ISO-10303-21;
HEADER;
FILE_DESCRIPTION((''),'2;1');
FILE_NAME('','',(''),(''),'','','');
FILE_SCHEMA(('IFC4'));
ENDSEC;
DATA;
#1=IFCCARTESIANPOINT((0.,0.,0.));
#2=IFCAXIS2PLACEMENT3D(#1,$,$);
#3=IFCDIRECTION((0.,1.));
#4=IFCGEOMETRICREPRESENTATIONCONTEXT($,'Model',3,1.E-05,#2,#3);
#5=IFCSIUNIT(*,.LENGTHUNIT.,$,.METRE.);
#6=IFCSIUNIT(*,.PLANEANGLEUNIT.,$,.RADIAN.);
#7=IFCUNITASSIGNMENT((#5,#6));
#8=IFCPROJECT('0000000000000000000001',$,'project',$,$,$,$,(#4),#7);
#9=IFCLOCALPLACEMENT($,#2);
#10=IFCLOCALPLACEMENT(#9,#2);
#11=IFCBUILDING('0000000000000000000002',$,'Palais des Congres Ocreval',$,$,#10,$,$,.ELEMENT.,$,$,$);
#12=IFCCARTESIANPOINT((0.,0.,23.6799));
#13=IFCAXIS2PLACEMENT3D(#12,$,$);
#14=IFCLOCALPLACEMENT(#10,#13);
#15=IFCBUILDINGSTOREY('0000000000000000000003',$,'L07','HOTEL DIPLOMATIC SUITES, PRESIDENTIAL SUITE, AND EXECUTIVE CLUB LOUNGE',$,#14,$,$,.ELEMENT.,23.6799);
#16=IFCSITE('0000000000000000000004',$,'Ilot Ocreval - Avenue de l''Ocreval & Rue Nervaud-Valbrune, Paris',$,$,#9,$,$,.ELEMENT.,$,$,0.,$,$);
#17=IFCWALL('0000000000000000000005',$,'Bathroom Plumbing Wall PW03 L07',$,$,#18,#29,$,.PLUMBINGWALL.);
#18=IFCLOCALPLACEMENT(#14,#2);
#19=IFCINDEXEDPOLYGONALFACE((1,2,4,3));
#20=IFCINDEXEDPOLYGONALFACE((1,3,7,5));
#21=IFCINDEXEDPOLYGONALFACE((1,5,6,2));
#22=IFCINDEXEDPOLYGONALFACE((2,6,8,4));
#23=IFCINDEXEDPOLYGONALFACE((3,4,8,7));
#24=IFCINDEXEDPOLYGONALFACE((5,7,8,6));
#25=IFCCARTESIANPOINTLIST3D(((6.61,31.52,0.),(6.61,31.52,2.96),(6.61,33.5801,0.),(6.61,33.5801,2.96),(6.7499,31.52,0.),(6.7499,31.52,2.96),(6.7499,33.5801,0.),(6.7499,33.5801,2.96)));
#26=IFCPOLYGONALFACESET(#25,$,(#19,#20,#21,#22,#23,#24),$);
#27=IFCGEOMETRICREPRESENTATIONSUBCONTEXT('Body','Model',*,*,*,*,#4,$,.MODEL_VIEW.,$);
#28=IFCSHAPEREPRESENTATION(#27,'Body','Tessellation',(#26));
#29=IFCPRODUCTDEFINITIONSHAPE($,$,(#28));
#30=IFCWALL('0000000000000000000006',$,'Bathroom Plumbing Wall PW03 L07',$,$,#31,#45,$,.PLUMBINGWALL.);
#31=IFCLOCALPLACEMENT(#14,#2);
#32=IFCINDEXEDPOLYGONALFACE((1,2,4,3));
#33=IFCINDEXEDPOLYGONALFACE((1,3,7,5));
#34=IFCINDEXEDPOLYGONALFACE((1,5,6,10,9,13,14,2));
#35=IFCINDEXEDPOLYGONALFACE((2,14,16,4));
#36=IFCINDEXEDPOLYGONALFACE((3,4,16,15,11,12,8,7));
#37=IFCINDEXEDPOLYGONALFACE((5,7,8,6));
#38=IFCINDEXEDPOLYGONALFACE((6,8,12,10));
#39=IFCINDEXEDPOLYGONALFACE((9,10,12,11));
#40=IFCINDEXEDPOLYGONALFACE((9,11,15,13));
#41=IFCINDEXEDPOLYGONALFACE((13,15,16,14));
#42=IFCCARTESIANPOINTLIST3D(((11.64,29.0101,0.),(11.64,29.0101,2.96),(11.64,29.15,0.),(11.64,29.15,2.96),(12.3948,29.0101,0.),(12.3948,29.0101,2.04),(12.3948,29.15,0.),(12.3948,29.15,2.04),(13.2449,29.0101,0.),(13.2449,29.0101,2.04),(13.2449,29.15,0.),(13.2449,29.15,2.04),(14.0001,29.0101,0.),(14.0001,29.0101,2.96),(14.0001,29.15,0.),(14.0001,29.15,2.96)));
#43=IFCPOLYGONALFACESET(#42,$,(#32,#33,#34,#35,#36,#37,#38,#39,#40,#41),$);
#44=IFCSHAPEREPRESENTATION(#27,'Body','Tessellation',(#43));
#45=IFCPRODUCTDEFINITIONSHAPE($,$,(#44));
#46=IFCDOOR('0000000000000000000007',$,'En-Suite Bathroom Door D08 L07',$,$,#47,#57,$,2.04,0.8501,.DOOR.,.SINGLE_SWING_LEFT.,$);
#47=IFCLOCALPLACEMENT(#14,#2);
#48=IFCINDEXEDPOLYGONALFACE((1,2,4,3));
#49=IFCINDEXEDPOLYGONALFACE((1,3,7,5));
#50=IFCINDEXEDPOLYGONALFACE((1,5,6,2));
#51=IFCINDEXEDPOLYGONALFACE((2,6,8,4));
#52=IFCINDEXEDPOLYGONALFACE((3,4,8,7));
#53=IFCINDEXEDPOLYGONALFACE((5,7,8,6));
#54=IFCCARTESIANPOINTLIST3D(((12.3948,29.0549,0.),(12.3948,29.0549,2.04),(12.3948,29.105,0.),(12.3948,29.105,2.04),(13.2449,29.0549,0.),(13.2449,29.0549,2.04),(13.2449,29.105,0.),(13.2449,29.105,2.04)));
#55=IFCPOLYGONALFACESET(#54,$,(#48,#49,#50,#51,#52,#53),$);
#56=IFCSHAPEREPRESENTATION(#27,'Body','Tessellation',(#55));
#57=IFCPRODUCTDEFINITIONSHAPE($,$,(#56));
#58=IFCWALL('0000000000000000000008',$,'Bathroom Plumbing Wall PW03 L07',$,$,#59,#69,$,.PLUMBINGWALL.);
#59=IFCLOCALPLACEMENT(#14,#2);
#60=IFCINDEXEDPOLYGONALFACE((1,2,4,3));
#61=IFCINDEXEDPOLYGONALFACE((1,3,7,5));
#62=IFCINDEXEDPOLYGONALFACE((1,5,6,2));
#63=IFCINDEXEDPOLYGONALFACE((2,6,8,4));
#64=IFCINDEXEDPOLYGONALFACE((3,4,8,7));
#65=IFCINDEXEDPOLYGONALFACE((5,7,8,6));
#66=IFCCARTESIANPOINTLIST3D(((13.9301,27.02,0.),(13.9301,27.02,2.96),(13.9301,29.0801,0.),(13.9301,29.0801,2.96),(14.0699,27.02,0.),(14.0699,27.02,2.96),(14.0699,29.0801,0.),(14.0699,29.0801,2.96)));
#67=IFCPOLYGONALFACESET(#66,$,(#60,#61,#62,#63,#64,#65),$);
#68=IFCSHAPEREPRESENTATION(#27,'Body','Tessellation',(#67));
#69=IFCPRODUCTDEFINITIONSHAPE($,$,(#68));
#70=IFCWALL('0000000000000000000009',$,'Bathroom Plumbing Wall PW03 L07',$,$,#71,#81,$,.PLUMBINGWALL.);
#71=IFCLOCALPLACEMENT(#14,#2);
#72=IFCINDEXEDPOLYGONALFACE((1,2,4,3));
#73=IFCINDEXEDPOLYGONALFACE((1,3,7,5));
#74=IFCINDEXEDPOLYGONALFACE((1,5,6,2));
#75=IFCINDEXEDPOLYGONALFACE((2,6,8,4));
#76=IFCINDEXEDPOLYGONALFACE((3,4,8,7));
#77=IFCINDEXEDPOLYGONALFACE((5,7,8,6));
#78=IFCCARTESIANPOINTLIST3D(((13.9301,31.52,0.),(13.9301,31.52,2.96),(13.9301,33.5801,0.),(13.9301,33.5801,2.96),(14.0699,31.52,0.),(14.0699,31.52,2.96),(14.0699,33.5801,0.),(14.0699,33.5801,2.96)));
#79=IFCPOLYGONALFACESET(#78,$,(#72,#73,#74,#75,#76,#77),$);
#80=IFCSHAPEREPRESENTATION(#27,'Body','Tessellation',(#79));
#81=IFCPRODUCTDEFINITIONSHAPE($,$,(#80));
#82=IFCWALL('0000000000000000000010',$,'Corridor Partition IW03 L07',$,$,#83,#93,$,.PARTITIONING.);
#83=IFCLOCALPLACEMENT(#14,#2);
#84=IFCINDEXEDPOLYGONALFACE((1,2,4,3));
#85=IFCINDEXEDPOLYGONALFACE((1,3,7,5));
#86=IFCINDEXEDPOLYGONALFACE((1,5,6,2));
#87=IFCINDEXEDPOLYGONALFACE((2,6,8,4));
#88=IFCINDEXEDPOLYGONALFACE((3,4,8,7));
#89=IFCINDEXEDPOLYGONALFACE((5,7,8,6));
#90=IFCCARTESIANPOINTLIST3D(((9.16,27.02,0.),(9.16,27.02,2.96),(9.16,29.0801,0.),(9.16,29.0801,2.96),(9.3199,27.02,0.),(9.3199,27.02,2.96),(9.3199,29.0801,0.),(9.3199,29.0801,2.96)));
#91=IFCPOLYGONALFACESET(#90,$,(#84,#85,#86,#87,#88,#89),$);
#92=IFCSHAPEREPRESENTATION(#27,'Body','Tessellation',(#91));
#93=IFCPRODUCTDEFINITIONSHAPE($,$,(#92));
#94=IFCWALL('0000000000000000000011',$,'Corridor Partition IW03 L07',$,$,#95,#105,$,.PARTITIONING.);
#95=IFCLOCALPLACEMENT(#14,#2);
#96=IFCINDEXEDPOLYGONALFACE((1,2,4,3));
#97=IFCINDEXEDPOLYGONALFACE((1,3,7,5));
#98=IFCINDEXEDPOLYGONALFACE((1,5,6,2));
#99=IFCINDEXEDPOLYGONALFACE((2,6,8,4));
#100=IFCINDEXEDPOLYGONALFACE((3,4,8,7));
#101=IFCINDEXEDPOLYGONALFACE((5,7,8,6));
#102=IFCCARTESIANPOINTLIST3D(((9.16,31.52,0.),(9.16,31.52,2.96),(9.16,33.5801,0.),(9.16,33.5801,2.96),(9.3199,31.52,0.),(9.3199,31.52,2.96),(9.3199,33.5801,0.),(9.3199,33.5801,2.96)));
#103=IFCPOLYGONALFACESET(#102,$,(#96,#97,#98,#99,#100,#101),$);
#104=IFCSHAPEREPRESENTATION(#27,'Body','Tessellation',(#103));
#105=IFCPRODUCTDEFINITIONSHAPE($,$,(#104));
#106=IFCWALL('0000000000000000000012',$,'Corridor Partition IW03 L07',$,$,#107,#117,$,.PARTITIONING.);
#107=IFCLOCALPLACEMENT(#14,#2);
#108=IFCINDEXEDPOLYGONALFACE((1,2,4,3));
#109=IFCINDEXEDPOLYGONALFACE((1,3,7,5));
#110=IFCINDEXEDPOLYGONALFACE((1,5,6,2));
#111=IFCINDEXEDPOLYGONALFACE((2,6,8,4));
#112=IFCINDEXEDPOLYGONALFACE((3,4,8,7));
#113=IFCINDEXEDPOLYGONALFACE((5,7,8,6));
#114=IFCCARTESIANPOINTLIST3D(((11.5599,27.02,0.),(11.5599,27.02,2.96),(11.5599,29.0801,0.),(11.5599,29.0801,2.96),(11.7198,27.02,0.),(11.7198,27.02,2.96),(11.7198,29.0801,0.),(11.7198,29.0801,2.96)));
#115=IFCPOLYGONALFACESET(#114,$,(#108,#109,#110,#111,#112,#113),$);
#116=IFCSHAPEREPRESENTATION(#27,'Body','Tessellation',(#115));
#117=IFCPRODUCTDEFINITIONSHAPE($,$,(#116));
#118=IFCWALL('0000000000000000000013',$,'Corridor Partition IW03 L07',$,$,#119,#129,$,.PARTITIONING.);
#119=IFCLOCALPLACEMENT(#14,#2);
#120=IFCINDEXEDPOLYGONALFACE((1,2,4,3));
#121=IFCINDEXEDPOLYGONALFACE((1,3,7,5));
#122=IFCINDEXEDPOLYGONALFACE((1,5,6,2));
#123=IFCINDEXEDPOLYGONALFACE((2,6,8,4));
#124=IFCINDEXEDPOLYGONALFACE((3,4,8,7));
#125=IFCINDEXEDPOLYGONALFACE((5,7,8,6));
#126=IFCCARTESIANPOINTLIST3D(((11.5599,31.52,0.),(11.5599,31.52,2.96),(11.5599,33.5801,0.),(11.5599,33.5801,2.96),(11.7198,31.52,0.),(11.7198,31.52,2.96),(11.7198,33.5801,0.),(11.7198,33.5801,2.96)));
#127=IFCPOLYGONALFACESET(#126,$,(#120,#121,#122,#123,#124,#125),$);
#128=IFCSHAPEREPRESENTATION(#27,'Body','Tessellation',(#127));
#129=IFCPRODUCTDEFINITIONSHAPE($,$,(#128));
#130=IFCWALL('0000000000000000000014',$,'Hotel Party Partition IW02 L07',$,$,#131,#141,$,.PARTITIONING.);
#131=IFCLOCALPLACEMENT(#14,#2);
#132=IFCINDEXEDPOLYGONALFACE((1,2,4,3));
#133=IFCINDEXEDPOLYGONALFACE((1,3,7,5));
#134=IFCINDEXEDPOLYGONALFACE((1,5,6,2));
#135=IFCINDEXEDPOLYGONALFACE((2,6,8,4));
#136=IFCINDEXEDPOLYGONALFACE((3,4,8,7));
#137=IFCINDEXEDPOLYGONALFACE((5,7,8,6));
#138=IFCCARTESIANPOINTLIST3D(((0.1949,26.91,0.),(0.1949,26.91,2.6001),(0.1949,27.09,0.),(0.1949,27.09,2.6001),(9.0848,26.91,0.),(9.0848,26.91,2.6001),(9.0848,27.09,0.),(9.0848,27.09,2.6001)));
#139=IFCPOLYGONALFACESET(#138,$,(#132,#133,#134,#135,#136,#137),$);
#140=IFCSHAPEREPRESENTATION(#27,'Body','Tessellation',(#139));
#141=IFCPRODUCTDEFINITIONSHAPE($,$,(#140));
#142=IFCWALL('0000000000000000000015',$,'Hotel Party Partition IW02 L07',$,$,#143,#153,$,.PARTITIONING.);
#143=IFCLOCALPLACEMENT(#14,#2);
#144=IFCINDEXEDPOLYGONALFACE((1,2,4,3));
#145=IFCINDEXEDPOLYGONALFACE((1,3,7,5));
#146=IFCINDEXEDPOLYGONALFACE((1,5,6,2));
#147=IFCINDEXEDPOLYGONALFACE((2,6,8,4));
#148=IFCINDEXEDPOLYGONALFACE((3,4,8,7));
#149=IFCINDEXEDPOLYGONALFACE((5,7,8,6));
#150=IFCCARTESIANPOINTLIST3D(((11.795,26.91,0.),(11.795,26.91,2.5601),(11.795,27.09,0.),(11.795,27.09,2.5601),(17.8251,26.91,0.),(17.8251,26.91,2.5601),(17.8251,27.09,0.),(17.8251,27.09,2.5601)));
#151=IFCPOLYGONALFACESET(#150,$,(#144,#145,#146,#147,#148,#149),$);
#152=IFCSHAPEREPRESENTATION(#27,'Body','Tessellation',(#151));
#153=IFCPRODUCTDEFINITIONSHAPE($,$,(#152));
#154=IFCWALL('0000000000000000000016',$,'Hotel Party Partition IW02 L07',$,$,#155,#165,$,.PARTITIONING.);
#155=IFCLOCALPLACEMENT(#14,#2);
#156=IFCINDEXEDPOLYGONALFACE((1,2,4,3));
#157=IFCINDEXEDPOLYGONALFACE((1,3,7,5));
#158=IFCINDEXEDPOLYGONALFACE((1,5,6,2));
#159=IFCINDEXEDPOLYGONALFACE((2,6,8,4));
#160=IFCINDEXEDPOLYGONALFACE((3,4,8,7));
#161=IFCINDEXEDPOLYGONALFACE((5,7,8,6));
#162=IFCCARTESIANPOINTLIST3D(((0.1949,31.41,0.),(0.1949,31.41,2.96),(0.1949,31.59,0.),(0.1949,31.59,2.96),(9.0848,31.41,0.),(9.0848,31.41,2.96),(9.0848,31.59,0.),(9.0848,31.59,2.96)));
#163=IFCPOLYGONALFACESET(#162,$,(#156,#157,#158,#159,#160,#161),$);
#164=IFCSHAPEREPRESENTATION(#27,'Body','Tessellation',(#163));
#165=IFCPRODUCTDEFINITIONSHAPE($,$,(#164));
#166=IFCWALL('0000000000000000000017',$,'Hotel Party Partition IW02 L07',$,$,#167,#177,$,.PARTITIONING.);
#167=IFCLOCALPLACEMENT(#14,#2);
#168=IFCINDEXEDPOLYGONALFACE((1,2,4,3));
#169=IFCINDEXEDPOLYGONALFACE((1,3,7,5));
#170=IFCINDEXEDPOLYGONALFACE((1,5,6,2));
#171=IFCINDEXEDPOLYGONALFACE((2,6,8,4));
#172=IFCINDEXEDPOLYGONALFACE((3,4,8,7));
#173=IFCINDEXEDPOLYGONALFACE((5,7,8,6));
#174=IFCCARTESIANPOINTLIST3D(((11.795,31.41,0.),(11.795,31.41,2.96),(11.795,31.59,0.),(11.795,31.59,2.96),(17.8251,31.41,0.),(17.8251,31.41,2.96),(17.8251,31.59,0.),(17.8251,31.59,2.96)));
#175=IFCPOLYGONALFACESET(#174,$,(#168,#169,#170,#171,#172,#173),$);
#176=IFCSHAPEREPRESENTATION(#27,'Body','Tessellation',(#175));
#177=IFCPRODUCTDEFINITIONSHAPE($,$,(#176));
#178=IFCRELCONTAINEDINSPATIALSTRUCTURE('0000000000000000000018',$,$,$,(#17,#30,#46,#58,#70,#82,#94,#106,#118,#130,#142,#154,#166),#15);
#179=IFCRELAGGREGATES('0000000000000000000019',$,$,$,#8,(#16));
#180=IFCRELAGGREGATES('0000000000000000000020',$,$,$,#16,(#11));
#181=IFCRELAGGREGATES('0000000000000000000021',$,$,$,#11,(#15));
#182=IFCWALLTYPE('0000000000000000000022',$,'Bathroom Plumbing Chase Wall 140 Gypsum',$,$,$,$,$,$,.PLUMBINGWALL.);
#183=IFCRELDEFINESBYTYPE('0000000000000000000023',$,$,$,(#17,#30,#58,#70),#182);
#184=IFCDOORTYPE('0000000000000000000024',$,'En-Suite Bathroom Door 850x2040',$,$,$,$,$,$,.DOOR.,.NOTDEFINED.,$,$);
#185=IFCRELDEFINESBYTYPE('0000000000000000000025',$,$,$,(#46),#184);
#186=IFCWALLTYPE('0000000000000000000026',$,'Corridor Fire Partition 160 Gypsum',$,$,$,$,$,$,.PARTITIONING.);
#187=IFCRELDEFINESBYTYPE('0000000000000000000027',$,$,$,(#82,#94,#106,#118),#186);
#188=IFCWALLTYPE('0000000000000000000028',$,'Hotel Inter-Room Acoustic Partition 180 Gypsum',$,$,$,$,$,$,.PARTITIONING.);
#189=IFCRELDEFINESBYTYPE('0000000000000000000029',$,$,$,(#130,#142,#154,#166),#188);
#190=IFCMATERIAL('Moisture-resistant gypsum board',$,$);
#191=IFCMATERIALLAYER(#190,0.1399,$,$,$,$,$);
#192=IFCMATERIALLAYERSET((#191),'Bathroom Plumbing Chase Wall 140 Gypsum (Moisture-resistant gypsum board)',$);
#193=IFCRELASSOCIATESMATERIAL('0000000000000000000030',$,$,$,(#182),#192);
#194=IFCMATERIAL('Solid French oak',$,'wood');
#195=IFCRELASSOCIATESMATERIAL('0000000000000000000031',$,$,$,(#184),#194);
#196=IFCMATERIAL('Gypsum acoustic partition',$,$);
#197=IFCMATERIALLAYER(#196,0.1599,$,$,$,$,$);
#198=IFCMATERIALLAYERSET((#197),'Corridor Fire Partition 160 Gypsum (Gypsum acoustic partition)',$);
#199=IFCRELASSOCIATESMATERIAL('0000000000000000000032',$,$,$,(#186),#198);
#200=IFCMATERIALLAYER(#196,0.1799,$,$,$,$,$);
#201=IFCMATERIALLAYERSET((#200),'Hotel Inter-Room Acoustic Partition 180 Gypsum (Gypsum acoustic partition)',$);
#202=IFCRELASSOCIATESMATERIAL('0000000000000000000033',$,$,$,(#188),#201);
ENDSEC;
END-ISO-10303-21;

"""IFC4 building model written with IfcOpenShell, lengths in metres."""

from ifc_helpers import new_model, si_unit, direction, frame, frame_2d, origin, place, context, subcontext, project, spatial, rectangle, extrude, material, layer, layer_set, type_object, element, fill, save


model = new_model("IFC4")

# Units and contexts
model_context = context("Model", 3, precision=1e-05, world=origin(), true_north=direction((0.0, 1.0)))
body_context = subcontext(model_context, "Body", "Model", "MODEL_VIEW")
ifc_project = project(units=[si_unit("LENGTHUNIT", "METRE"), si_unit("PLANEANGLEUNIT", "RADIAN")], contexts=[model_context])

# Site, building, storey
site_placement = place(None, origin())
site = spatial("IfcSite", under=ifc_project, at=site_placement, Name="Ilot Ocreval - Avenue de l'Ocreval & Rue Nervaud-Valbrune, Paris", CompositionType="ELEMENT", RefElevation=0.0)
building_placement = place(site_placement, origin())
building = spatial("IfcBuilding", under=site, at=building_placement, Name="Palais des Congres Ocreval", CompositionType="ELEMENT")
storey_placement = place(building_placement, frame((0.0, 0.0, 23.6799)))
storey = spatial("IfcBuildingStorey", under=building, at=storey_placement, Name="L07", Description="HOTEL DIPLOMATIC SUITES, PRESIDENTIAL SUITE, AND EXECUTIVE CLUB LOUNGE", CompositionType="ELEMENT", Elevation=23.6799)

# Shared definitions
ifc_material_1 = material(Name="Moisture-resistant gypsum board")
ifc_layer_1 = layer(ifc_material_1, 0.1399)
ifc_layer_set_1 = layer_set([ifc_layer_1], Name="Bathroom Plumbing Chase Wall 140 Gypsum (Moisture-resistant gypsum board)")
wall_type_1 = type_object("IfcWallType", Name="Bathroom Plumbing Chase Wall 140 Gypsum", PredefinedType="PLUMBINGWALL", material=ifc_layer_set_1)
ifc_material_2 = material(Name="Solid French oak", Category="wood")
door_type_1 = type_object("IfcDoorType", Name="En-Suite Bathroom Door 850x2040", OperationType="NOTDEFINED", PredefinedType="DOOR", material=ifc_material_2)

# Wall
for number, where, z_axis, x_axis, name in (
    (1, (6.6799, 31.52, 0.0), (0.0, 0.0, 1.0), (0.0, 1.0, 0.0), "Bathroom Plumbing Wall PW03 L07"),
):
    element("IfcWall", number, at=place(storey_placement, frame(where, z_axis=z_axis, x_axis=x_axis)), inside=storey, type_object=wall_type_1, Name=name, PredefinedType="PLUMBINGWALL", context=body_context, shape_type="SweptSolid", body=[
        extrude(rectangle(XDim=2.0601, YDim=0.1399, at=frame_2d((1.03, 0.0))), origin(), (0.0, 0.0, 1.0), 2.96),
    ])

# Wall, opening, door
wall_1_placement = place(storey_placement, frame((11.6399, 29.0801, 0.0), z_axis=(0.0, 0.0, 1.0), x_axis=(1.0, 0.0, 0.0)))
wall_1 = element("IfcWall", 2, at=wall_1_placement, inside=storey, type_object=wall_type_1, Name="Bathroom Plumbing Wall PW03 L07", PredefinedType="PLUMBINGWALL", context=body_context, shape_type="SweptSolid", body=[
    extrude(rectangle(XDim=2.3601, YDim=0.1399, at=frame_2d((1.1802, 0.0))), origin(), (0.0, 0.0, 1.0), 2.96),
])
opening_1_placement = place(wall_1_placement, frame((0.7549, 0.0, 0.0)))
opening_1 = element("IfcOpeningElement", 3, at=opening_1_placement, cuts=wall_1, PredefinedType="OPENING", context=body_context, shape_type="SweptSolid", body=[
    extrude(rectangle(XDim=0.8501, YDim=2.04, at=frame_2d((0.425, 1.02))), frame((0.0, 0.0798, 0.0), z_axis=(0.0, -1.0, 0.0), x_axis=(1.0, 0.0, 0.0)), (0.0, 0.0, 1.0), 0.1599),
])
door_1_placement = place(opening_1_placement, origin())
door_1 = element("IfcDoor", 4, at=door_1_placement, inside=storey, type_object=door_type_1, Name="En-Suite Bathroom Door D08 L07", OperationType="SINGLE_SWING_LEFT", OverallHeight=2.04, OverallWidth=0.8501, PredefinedType="DOOR", context=body_context, shape_type="SweptSolid", body=[
    extrude(rectangle(XDim=0.8501, YDim=2.04, at=frame_2d((0.425, 1.02))), frame((0.0, 0.0249, 0.0), z_axis=(0.0, -1.0, 0.0), x_axis=(1.0, 0.0, 0.0)), (0.0, 0.0, 1.0), 0.05),
])
fill(opening_1, door_1)

# Walls
for number, where, z_axis, x_axis, name in (
    (5, (14.0, 27.02, 0.0), (0.0, 0.0, 1.0), (0.0, 1.0, 0.0), "Bathroom Plumbing Wall PW03 L07"),
    (6, (14.0, 31.52, 0.0), (0.0, 0.0, 1.0), (0.0, 1.0, 0.0), "Bathroom Plumbing Wall PW03 L07"),
):
    element("IfcWall", number, at=place(storey_placement, frame(where, z_axis=z_axis, x_axis=x_axis)), inside=storey, type_object=wall_type_1, Name=name, PredefinedType="PLUMBINGWALL", context=body_context, shape_type="SweptSolid", body=[
        extrude(rectangle(XDim=2.0601, YDim=0.1399, at=frame_2d((1.03, 0.0))), origin(), (0.0, 0.0, 1.0), 2.96),
    ])
ifc_material_3 = material(Name="Gypsum acoustic partition")
ifc_layer_2 = layer(ifc_material_3, 0.1599)
ifc_layer_set_2 = layer_set([ifc_layer_2], Name="Corridor Fire Partition 160 Gypsum (Gypsum acoustic partition)")
wall_type_2 = type_object("IfcWallType", Name="Corridor Fire Partition 160 Gypsum", PredefinedType="PARTITIONING", material=ifc_layer_set_2)
for number, where, z_axis, x_axis, name in (
    (7, (9.24, 27.02, 0.0), (0.0, 0.0, 1.0), (0.0, 1.0, 0.0), "Corridor Partition IW03 L07"),
    (8, (9.24, 31.52, 0.0), (0.0, 0.0, 1.0), (0.0, 1.0, 0.0), "Corridor Partition IW03 L07"),
    (9, (11.6399, 27.02, 0.0), (0.0, 0.0, 1.0), (0.0, 1.0, 0.0), "Corridor Partition IW03 L07"),
    (10, (11.6399, 31.52, 0.0), (0.0, 0.0, 1.0), (0.0, 1.0, 0.0), "Corridor Partition IW03 L07"),
):
    element("IfcWall", number, at=place(storey_placement, frame(where, z_axis=z_axis, x_axis=x_axis)), inside=storey, type_object=wall_type_2, Name=name, PredefinedType="PARTITIONING", context=body_context, shape_type="SweptSolid", body=[
        extrude(rectangle(XDim=2.0601, YDim=0.1599, at=frame_2d((1.03, 0.0))), origin(), (0.0, 0.0, 1.0), 2.96),
    ])

# Walls
ifc_layer_3 = layer(ifc_material_3, 0.1799)
ifc_layer_set_3 = layer_set([ifc_layer_3], Name="Hotel Inter-Room Acoustic Partition 180 Gypsum (Gypsum acoustic partition)")
wall_type_3 = type_object("IfcWallType", Name="Hotel Inter-Room Acoustic Partition 180 Gypsum", PredefinedType="PARTITIONING", material=ifc_layer_set_3)
wall_2_placement = place(storey_placement, frame((0.1951, 27.0, 0.0), z_axis=(0.0, 0.0, 1.0), x_axis=(1.0, 0.0, 0.0)))
element("IfcWall", 11, at=wall_2_placement, inside=storey, type_object=wall_type_3, Name="Hotel Party Partition IW02 L07", PredefinedType="PARTITIONING", context=body_context, shape_type="SweptSolid", body=[
    extrude(rectangle(XDim=8.8899, YDim=0.1799, at=frame_2d((4.4448, 0.0))), origin(), (0.0, 0.0, 1.0), 2.6001),
])
wall_3_placement = place(storey_placement, frame((11.7949, 27.0, 0.0), z_axis=(0.0, 0.0, 1.0), x_axis=(1.0, 0.0, 0.0)))
element("IfcWall", 12, at=wall_3_placement, inside=storey, type_object=wall_type_3, Name="Hotel Party Partition IW02 L07", PredefinedType="PARTITIONING", context=body_context, shape_type="SweptSolid", body=[
    extrude(rectangle(XDim=6.03, YDim=0.1799, at=frame_2d((3.0151, 0.0))), origin(), (0.0, 0.0, 1.0), 2.5601),
])
wall_4_placement = place(storey_placement, frame((0.1951, 31.5, 0.0), z_axis=(0.0, 0.0, 1.0), x_axis=(1.0, 0.0, 0.0)))
element("IfcWall", 13, at=wall_4_placement, inside=storey, type_object=wall_type_3, Name="Hotel Party Partition IW02 L07", PredefinedType="PARTITIONING", context=body_context, shape_type="SweptSolid", body=[
    extrude(rectangle(XDim=8.8899, YDim=0.1799, at=frame_2d((4.4448, 0.0))), origin(), (0.0, 0.0, 1.0), 2.96),
])
wall_5_placement = place(storey_placement, frame((11.7949, 31.5, 0.0), z_axis=(0.0, 0.0, 1.0), x_axis=(1.0, 0.0, 0.0)))
element("IfcWall", 14, at=wall_5_placement, inside=storey, type_object=wall_type_3, Name="Hotel Party Partition IW02 L07", PredefinedType="PARTITIONING", context=body_context, shape_type="SweptSolid", body=[
    extrude(rectangle(XDim=6.03, YDim=0.1799, at=frame_2d((3.0151, 0.0))), origin(), (0.0, 0.0, 1.0), 2.96),
])

save(model, "model.ifc")
